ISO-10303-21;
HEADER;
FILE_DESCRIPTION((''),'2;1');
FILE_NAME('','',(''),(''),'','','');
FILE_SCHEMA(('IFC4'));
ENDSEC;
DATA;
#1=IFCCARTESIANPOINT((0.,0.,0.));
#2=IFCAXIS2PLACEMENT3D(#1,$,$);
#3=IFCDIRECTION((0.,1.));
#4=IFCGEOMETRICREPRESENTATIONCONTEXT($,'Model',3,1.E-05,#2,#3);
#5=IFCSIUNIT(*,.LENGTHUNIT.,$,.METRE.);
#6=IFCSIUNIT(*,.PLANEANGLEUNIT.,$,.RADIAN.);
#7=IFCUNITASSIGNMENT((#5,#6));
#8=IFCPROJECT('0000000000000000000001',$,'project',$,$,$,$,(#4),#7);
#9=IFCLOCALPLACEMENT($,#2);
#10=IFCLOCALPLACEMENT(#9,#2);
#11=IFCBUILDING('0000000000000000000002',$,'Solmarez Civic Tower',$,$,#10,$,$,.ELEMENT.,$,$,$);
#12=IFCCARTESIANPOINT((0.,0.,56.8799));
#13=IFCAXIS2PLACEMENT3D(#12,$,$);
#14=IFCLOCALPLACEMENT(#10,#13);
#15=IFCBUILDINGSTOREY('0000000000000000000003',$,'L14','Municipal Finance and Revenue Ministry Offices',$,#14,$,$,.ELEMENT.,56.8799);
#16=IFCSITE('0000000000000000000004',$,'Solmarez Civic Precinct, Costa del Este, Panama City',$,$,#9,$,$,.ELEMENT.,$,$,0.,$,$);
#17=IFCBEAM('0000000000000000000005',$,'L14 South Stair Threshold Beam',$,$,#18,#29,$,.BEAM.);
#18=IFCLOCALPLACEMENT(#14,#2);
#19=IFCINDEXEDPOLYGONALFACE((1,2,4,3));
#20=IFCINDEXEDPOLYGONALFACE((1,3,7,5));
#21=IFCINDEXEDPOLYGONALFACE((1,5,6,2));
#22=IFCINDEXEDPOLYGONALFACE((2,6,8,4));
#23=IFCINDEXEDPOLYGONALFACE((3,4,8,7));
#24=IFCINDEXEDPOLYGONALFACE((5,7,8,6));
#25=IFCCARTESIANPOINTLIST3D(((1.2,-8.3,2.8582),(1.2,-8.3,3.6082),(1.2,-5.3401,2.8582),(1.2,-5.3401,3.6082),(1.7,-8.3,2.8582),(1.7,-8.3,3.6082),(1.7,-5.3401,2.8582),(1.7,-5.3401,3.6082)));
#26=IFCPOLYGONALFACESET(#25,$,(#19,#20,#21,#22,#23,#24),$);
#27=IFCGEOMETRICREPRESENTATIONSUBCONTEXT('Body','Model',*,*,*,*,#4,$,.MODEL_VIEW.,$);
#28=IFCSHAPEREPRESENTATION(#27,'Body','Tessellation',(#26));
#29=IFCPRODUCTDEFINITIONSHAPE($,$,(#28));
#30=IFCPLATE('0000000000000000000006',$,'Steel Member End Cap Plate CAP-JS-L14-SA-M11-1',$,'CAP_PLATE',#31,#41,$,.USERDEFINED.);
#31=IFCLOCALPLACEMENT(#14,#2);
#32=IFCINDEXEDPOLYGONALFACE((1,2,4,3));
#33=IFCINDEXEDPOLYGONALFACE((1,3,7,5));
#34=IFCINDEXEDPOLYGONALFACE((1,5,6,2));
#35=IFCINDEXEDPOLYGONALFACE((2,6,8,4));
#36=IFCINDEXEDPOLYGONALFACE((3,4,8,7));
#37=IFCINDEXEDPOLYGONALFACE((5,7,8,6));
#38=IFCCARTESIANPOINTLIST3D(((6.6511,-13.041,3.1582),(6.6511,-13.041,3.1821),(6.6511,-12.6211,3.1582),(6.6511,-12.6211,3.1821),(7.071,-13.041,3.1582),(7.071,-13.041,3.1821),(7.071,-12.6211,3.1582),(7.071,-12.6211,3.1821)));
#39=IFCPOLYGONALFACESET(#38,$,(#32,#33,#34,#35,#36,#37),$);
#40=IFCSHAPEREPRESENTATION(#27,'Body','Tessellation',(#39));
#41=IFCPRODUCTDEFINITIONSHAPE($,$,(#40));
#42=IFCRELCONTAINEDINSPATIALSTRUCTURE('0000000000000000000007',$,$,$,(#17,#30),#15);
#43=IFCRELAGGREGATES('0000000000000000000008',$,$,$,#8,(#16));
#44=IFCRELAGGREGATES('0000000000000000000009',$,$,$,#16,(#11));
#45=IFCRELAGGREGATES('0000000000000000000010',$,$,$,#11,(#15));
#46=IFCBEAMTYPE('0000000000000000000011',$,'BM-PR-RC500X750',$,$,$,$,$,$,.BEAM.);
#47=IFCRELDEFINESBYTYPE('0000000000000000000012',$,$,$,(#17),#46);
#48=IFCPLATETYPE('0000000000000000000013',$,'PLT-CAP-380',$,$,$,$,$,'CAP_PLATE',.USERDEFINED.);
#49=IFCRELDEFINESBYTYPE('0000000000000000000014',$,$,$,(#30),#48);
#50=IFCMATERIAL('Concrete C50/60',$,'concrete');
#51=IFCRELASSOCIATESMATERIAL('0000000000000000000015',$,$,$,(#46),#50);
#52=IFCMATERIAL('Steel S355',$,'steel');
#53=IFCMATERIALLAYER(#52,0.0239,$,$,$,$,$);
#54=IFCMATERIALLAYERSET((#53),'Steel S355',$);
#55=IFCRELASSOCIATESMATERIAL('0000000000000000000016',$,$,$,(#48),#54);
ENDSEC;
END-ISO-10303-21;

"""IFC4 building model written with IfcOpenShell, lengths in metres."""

from ifc_helpers import new_model, si_unit, direction, frame, origin, origin_2d, place, context, subcontext, project, spatial, rectangle, extrude, material, layer, layer_set, material_profile, profile_set, type_object, element, save


model = new_model("IFC4")

# Units and contexts
model_context = context("Model", 3, precision=1e-05, world=origin(), true_north=direction((0.0, 1.0)))
body_context = subcontext(model_context, "Body", "Model", "MODEL_VIEW")
ifc_project = project(units=[si_unit("LENGTHUNIT", "METRE"), si_unit("PLANEANGLEUNIT", "RADIAN")], contexts=[model_context])

# Site, building, storey
site_placement = place(None, origin())
site = spatial("IfcSite", under=ifc_project, at=site_placement, Name="Solmarez Civic Precinct, Costa del Este, Panama City", CompositionType="ELEMENT", RefElevation=0.0)
building_placement = place(site_placement, origin())
building = spatial("IfcBuilding", under=site, at=building_placement, Name="Solmarez Civic Tower", CompositionType="ELEMENT")
storey_placement = place(building_placement, frame((0.0, 0.0, 56.8799)))
storey = spatial("IfcBuildingStorey", under=building, at=storey_placement, Name="L14", Description="Municipal Finance and Revenue Ministry Offices", CompositionType="ELEMENT", Elevation=56.8799)

# Beam
ifc_material_1 = material(Name="Concrete C50/60", Category="concrete")
ifc_material_profile = material_profile(ifc_material_1, rectangle(XDim=0.5, YDim=0.75, at=origin_2d()), Name="RC500X750")
ifc_profile_set = profile_set([ifc_material_profile], Name="Concrete C50/60")
beam_type = type_object("IfcBeamType", Name="BM-PR-RC500X750", PredefinedType="BEAM", material=ifc_profile_set)
beam_placement = place(storey_placement, frame((1.45, -8.3, 3.2332), z_axis=(0.0, 1.0, 0.0), x_axis=(-1.0, 0.0, 0.0)))
element("IfcBeam", 1, at=beam_placement, inside=storey, type_object=beam_type, Name="L14 South Stair Threshold Beam", PredefinedType="BEAM", context=body_context, shape_type="SweptSolid", body=[
    extrude(rectangle(XDim=0.5, YDim=0.75, at=origin_2d()), origin(), (0.0, 0.0, 1.0), 2.96),
])

# Plate
ifc_material_2 = material(Name="Steel S355", Category="steel")
ifc_layer_1 = layer(ifc_material_2, 0.0239)
ifc_layer_set_1 = layer_set([ifc_layer_1], Name="Steel S355")
plate_type = type_object("IfcPlateType", Name="PLT-CAP-380", ElementType="CAP_PLATE", PredefinedType="USERDEFINED", material=ifc_layer_set_1)
plate_placement = place(storey_placement, frame((6.8611, -12.8311, 3.1582), z_axis=(0.0, 0.0, 1.0), x_axis=(1.0, 0.0, 0.0)))
element("IfcPlate", 2, at=plate_placement, inside=storey, type_object=plate_type, Name="Steel Member End Cap Plate CAP-JS-L14-SA-M11-1", ObjectType="CAP_PLATE", PredefinedType="USERDEFINED", context=body_context, shape_type="SweptSolid", body=[
    extrude(rectangle(XDim=0.4199, YDim=0.4199, at=origin_2d()), origin(), (0.0, 0.0, 1.0), 0.0239),
])

save(model, "model.ifc")
